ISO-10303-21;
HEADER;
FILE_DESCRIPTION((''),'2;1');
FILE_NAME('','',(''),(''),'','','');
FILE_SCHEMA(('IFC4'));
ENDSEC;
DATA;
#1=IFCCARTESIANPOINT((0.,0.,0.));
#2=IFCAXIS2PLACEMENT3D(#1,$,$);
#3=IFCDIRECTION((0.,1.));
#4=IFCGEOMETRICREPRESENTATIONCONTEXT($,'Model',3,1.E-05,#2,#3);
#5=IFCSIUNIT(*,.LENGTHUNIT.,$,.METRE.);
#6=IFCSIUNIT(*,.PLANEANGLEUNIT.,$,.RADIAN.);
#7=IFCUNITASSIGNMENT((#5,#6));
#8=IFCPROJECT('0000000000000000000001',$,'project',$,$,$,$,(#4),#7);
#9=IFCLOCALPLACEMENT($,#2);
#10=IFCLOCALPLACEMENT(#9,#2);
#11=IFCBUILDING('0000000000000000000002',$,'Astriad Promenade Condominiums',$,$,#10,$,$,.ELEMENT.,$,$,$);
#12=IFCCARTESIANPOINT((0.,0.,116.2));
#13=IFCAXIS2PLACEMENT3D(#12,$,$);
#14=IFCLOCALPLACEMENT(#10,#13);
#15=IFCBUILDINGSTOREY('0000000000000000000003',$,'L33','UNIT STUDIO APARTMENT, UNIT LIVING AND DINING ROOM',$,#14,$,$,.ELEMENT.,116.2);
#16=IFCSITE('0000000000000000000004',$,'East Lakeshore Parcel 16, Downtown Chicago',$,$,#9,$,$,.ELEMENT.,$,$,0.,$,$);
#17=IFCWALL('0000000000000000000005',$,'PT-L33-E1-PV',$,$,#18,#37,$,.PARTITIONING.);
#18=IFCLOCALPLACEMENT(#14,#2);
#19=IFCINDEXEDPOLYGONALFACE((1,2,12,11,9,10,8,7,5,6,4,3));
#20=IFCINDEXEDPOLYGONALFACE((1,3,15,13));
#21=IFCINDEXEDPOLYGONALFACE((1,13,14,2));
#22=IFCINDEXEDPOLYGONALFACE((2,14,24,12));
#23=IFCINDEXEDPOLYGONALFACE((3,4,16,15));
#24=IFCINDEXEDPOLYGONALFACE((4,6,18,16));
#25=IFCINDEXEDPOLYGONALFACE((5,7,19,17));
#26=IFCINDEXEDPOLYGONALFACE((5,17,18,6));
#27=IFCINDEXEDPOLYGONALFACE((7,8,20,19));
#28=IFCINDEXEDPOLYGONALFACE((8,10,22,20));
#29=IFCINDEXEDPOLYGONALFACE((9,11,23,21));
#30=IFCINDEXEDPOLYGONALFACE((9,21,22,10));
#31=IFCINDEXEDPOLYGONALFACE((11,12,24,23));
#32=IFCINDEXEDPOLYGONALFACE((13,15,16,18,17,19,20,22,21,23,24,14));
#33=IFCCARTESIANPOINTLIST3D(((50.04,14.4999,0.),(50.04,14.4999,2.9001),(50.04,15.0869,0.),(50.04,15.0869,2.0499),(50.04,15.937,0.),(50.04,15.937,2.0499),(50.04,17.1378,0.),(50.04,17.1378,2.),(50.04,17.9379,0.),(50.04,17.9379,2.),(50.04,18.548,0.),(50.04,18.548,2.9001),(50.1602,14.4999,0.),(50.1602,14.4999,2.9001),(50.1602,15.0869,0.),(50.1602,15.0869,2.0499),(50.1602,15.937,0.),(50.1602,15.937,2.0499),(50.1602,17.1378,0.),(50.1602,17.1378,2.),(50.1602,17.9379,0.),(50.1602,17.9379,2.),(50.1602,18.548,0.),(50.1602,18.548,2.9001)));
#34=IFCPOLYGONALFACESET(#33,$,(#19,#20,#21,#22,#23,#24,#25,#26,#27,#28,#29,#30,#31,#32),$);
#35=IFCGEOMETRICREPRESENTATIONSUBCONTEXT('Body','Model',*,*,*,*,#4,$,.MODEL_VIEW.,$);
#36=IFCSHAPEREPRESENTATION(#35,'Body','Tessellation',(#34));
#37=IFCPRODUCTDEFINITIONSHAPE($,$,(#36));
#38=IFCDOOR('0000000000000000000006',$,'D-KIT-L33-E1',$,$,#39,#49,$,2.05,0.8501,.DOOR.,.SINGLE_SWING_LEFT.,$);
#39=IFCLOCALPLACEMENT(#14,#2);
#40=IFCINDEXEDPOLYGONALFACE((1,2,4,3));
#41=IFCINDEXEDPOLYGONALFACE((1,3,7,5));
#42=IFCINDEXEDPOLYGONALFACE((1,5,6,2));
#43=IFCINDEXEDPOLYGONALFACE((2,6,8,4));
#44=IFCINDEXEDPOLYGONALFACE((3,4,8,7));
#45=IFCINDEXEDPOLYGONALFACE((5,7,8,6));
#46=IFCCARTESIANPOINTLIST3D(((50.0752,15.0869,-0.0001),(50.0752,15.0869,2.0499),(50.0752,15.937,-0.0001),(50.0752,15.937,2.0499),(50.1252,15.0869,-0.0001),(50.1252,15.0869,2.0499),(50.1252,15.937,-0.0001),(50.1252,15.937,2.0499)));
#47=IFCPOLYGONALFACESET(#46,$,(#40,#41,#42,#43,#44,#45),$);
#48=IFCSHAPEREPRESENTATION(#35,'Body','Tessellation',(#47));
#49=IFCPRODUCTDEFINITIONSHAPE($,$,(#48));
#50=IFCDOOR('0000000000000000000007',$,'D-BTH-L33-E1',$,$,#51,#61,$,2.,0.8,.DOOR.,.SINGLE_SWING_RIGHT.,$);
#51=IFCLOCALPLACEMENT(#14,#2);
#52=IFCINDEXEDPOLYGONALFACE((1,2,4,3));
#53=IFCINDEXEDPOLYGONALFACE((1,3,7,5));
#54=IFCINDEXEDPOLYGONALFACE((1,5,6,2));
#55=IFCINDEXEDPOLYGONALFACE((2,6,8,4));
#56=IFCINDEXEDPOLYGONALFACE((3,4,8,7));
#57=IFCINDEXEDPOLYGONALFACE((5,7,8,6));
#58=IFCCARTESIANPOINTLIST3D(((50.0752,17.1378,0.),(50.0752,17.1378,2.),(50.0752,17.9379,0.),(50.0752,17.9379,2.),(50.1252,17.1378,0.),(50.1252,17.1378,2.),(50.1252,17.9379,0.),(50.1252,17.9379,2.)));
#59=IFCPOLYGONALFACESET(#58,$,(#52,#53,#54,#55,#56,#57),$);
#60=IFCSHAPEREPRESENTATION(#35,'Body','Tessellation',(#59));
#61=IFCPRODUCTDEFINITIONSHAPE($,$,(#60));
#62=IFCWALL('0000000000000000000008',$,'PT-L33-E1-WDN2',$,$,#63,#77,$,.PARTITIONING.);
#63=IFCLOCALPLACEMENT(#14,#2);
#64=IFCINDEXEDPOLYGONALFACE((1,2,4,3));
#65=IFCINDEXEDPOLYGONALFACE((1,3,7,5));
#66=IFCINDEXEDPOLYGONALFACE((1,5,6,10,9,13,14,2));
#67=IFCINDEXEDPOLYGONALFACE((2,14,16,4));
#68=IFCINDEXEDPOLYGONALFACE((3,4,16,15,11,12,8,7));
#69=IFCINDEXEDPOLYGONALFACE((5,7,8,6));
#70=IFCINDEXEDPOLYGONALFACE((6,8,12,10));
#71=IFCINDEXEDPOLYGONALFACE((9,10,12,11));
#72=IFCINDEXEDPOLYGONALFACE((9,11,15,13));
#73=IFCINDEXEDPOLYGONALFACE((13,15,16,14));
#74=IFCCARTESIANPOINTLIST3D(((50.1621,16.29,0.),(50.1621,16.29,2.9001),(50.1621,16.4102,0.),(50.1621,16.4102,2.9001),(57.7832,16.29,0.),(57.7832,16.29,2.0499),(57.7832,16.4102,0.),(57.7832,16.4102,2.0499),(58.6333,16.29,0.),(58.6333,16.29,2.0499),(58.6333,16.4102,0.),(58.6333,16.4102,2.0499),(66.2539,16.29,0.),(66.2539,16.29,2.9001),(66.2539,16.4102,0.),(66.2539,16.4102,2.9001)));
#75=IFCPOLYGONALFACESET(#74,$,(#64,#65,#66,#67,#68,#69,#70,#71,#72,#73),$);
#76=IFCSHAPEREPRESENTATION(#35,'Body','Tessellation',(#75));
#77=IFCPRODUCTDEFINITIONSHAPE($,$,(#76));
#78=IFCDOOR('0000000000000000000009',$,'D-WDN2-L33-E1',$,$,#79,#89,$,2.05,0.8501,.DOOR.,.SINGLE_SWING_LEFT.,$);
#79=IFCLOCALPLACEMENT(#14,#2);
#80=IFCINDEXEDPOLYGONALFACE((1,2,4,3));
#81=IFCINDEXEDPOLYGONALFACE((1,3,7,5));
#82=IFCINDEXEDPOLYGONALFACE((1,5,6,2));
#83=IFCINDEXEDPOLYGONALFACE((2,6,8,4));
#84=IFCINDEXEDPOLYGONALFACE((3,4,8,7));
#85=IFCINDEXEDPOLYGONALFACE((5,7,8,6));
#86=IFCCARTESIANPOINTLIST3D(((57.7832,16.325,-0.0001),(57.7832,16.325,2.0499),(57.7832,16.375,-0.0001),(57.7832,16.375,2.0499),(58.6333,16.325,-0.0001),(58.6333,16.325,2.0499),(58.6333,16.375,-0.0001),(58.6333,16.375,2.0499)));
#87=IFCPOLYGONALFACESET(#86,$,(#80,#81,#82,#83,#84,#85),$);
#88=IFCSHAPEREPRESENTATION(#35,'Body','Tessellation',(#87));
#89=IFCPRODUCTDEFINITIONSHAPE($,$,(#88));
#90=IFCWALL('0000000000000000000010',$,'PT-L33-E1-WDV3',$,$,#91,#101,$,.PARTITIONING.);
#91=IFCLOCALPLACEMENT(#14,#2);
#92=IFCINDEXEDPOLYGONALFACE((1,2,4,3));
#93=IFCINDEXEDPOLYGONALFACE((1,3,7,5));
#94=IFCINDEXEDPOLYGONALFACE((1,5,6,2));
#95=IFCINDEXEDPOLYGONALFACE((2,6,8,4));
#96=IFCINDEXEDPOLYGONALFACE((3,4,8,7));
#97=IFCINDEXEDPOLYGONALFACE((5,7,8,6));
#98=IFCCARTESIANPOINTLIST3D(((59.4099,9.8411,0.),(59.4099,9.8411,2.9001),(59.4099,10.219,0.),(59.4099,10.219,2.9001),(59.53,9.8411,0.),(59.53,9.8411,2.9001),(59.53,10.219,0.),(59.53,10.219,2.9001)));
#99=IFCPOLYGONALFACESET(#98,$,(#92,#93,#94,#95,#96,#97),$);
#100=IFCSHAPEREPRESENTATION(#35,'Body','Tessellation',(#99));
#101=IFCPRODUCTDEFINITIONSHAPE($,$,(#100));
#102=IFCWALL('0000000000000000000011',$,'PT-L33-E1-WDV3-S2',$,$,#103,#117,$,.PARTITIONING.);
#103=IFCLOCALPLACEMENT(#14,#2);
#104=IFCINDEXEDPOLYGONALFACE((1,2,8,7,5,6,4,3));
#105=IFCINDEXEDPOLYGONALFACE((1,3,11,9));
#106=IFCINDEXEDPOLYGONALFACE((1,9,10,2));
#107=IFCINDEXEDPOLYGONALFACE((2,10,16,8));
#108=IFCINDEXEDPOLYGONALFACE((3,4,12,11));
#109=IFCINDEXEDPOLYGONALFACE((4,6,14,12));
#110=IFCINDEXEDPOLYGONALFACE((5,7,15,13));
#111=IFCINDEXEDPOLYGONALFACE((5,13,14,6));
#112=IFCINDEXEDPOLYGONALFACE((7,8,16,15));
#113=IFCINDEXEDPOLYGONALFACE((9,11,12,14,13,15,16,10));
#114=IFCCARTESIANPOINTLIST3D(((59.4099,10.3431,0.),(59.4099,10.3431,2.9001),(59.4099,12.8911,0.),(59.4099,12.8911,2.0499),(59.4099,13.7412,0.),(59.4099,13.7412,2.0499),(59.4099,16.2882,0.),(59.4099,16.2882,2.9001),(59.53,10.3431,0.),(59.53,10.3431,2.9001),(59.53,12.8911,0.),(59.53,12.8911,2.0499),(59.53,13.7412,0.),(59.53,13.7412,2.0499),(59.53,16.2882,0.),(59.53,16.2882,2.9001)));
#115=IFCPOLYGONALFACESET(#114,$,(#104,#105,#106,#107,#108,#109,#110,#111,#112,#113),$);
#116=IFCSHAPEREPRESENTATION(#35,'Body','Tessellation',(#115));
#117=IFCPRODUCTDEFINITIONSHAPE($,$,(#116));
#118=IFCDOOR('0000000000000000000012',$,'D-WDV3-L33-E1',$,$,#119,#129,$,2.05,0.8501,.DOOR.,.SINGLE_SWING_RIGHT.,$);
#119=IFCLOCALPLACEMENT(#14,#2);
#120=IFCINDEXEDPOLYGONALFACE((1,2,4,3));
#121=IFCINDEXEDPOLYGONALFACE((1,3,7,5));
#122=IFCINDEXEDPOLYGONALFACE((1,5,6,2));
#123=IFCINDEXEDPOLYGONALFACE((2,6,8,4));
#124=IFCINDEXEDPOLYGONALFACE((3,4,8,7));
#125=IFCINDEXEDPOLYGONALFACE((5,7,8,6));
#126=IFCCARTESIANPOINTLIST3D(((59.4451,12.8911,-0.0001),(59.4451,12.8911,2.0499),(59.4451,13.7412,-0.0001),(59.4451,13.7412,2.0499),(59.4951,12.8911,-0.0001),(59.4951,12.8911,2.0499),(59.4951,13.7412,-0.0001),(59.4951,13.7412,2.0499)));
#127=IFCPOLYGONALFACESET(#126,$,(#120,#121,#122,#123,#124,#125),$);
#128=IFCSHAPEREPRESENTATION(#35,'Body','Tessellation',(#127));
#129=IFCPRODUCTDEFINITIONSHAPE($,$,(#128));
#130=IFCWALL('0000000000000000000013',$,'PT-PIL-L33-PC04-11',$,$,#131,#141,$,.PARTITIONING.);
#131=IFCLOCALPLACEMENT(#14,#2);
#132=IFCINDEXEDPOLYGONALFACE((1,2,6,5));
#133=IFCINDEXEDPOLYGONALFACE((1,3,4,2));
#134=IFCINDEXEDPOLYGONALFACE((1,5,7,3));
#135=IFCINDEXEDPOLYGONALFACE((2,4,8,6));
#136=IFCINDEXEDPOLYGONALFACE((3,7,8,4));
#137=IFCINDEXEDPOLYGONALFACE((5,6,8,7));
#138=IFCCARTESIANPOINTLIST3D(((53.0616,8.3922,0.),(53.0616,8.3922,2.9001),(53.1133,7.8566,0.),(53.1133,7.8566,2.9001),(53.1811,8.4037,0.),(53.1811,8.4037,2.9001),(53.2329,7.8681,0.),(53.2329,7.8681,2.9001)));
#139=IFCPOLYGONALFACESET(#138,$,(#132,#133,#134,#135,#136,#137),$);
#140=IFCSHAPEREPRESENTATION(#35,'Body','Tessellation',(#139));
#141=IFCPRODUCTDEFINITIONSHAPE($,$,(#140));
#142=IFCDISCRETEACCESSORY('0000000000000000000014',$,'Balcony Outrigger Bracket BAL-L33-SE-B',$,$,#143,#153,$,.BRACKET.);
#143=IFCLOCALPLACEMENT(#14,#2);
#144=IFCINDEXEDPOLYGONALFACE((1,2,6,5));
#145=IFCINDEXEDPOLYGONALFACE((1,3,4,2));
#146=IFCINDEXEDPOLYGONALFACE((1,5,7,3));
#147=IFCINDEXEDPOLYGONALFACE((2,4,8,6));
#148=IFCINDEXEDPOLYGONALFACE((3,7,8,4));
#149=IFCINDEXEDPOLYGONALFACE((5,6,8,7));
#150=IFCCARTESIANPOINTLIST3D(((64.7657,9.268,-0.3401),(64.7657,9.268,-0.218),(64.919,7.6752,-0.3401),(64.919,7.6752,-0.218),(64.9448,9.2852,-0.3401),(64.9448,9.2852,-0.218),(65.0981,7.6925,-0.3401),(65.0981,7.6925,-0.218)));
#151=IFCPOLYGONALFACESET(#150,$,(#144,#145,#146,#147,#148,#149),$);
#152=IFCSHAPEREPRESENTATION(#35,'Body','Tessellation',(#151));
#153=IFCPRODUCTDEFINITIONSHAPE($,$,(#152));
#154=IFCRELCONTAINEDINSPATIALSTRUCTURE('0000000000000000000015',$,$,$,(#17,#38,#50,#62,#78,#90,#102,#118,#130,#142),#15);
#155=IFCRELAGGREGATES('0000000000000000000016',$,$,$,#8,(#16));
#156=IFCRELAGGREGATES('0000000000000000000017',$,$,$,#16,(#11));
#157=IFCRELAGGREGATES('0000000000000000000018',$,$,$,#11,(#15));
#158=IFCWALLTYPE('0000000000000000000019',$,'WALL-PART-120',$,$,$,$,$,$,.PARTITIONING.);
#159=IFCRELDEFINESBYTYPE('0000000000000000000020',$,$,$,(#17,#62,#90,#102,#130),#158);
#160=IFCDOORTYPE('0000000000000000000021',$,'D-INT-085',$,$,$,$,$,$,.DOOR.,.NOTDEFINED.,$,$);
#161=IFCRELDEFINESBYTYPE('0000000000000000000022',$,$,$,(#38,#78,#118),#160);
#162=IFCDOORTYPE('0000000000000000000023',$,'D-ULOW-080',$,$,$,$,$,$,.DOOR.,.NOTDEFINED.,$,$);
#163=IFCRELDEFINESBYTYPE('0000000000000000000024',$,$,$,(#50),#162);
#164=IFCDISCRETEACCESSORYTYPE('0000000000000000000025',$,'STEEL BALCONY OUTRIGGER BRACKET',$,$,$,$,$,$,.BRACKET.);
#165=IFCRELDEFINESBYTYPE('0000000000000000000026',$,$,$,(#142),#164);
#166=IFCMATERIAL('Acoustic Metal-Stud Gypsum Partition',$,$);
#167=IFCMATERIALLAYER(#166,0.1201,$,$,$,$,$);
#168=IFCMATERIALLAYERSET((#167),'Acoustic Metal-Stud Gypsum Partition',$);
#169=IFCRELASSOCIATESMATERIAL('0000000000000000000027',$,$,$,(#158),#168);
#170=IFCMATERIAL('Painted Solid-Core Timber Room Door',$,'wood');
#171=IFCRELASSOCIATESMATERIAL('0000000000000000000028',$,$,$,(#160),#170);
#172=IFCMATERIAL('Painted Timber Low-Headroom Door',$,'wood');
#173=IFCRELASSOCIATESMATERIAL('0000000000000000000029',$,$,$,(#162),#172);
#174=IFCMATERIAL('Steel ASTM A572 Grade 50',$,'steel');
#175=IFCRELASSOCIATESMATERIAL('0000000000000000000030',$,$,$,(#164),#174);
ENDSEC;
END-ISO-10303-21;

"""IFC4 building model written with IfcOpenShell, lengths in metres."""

from ifc_helpers import new_model, si_unit, direction, frame, frame_2d, origin, origin_2d, place, context, subcontext, project, spatial, rectangle, extrude, source, transform, mapped, material, layer, layer_set, type_object, type_shapes, element, fill, save


model = new_model("IFC4")

# Units and contexts
model_context = context("Model", 3, precision=1e-05, world=origin(), true_north=direction((0.0, 1.0)))
body_context = subcontext(model_context, "Body", "Model", "MODEL_VIEW")
ifc_project = project(units=[si_unit("LENGTHUNIT", "METRE"), si_unit("PLANEANGLEUNIT", "RADIAN")], contexts=[model_context])

# Site, building, storey
site_placement = place(None, origin())
site = spatial("IfcSite", under=ifc_project, at=site_placement, Name="East Lakeshore Parcel 16, Downtown Chicago", CompositionType="ELEMENT", RefElevation=0.0)
building_placement = place(site_placement, origin())
building = spatial("IfcBuilding", under=site, at=building_placement, Name="Astriad Promenade Condominiums", CompositionType="ELEMENT")
storey_placement = place(building_placement, frame((0.0, 0.0, 116.2)))
storey = spatial("IfcBuildingStorey", under=building, at=storey_placement, Name="L33", Description="UNIT STUDIO APARTMENT, UNIT LIVING AND DINING ROOM", CompositionType="ELEMENT", Elevation=116.2)

# Wall, openings, doors
ifc_material_1 = material(Name="Acoustic Metal-Stud Gypsum Partition")
ifc_layer = layer(ifc_material_1, 0.1201)
ifc_layer_set = layer_set([ifc_layer], Name="Acoustic Metal-Stud Gypsum Partition")
wall_type = type_object("IfcWallType", Name="WALL-PART-120", PredefinedType="PARTITIONING", material=ifc_layer_set)
wall_1_placement = place(storey_placement, frame((50.1001, 14.5, 0.0), z_axis=(0.0, 0.0, 1.0), x_axis=(0.0, 1.0, 0.0)))
wall_1 = element("IfcWall", 1, at=wall_1_placement, inside=storey, type_object=wall_type, Name="PT-L33-E1-PV", PredefinedType="PARTITIONING", context=body_context, shape_type="SweptSolid", body=[
    extrude(rectangle(XDim=4.0481, YDim=0.1201, at=frame_2d((2.0239, 0.0))), origin(), (0.0, 0.0, 1.0), 2.9001),
])
opening_1_placement = place(wall_1_placement, frame((0.5869, 0.0, 0.0)))
opening_1 = element("IfcOpeningElement", 2, at=opening_1_placement, cuts=wall_1, PredefinedType="OPENING", context=body_context, shape_type="SweptSolid", body=[
    extrude(rectangle(XDim=0.8501, YDim=2.05, at=frame_2d((0.425, 1.0249))), frame((0.0, 0.0701, 0.0), z_axis=(0.0, -1.0, 0.0), x_axis=(1.0, 0.0, 0.0)), (0.0, 0.0, 1.0), 0.1401),
])
opening_2_placement = place(wall_1_placement, frame((2.6379, 0.0, 0.0)))
opening_2 = element("IfcOpeningElement", 3, at=opening_2_placement, cuts=wall_1, PredefinedType="OPENING", context=body_context, shape_type="SweptSolid", body=[
    extrude(rectangle(XDim=0.8, YDim=2.0, at=frame_2d((0.3999, 1.0))), frame((0.0, 0.0701, 0.0), z_axis=(0.0, -1.0, 0.0), x_axis=(1.0, 0.0, 0.0)), (0.0, 0.0, 1.0), 0.1401),
])
ifc_material_2 = material(Name="Painted Solid-Core Timber Room Door", Category="wood")
door_type_1 = type_object("IfcDoorType", Name="D-INT-085", OperationType="NOTDEFINED", PredefinedType="DOOR", material=ifc_material_2)
shared_shape_1 = source(origin(), body_context, "Body", "SweptSolid", [
    extrude(rectangle(XDim=0.8501, YDim=2.05, at=frame_2d((0.425, 1.0249))), frame((0.0, 0.0249, 0.0), z_axis=(0.0, -1.0, 0.0), x_axis=(1.0, 0.0, 0.0)), (0.0, 0.0, 1.0), 0.05),
])
type_shapes(door_type_1, [shared_shape_1])
door_1_placement = place(opening_1_placement, origin())
door_1 = element("IfcDoor", 4, at=door_1_placement, inside=storey, type_object=door_type_1, Name="D-KIT-L33-E1", OperationType="SINGLE_SWING_LEFT", OverallHeight=2.05, OverallWidth=0.8501, PredefinedType="DOOR", context=body_context, shape_type="MappedRepresentation", body=[
    mapped(shared_shape_1, transform((0.0, 0.0, 0.0), scale=1.0)),
])
fill(opening_1, door_1)
ifc_material_3 = material(Name="Painted Timber Low-Headroom Door", Category="wood")
door_type_2 = type_object("IfcDoorType", Name="D-ULOW-080", OperationType="NOTDEFINED", PredefinedType="DOOR", material=ifc_material_3)
shared_shape_2 = source(origin(), body_context, "Body", "SweptSolid", [
    extrude(rectangle(XDim=0.8, YDim=2.0, at=frame_2d((0.3999, 1.0))), frame((0.0, 0.0249, 0.0), z_axis=(0.0, -1.0, 0.0), x_axis=(1.0, 0.0, 0.0)), (0.0, 0.0, 1.0), 0.05),
])
type_shapes(door_type_2, [shared_shape_2])
door_2_placement = place(opening_2_placement, origin())
door_2 = element("IfcDoor", 5, at=door_2_placement, inside=storey, type_object=door_type_2, Name="D-BTH-L33-E1", OperationType="SINGLE_SWING_RIGHT", OverallHeight=2.0, OverallWidth=0.8, PredefinedType="DOOR", context=body_context, shape_type="MappedRepresentation", body=[
    mapped(shared_shape_2, transform((0.0, 0.0, 0.0), scale=1.0)),
])
fill(opening_2, door_2)

# Wall, opening, door
wall_2_placement = place(storey_placement, frame((50.1621, 16.3501, 0.0), z_axis=(0.0, 0.0, 1.0), x_axis=(1.0, 0.0, 0.0)))
wall_2 = element("IfcWall", 6, at=wall_2_placement, inside=storey, type_object=wall_type, Name="PT-L33-E1-WDN2", PredefinedType="PARTITIONING", context=body_context, shape_type="SweptSolid", body=[
    extrude(rectangle(XDim=16.0918, YDim=0.1201, at=frame_2d((8.0459, 0.0))), origin(), (0.0, 0.0, 1.0), 2.9001),
])
opening_3_placement = place(wall_2_placement, frame((7.6211, 0.0, 0.0)))
opening_3 = element("IfcOpeningElement", 7, at=opening_3_placement, cuts=wall_2, PredefinedType="OPENING", context=body_context, shape_type="SweptSolid", body=[
    extrude(rectangle(XDim=0.8501, YDim=2.05, at=frame_2d((0.425, 1.0249))), frame((0.0, 0.0701, 0.0), z_axis=(0.0, -1.0, 0.0), x_axis=(1.0, 0.0, 0.0)), (0.0, 0.0, 1.0), 0.1401),
])
door_3_placement = place(opening_3_placement, origin())
door_3 = element("IfcDoor", 8, at=door_3_placement, inside=storey, type_object=door_type_1, Name="D-WDN2-L33-E1", OperationType="SINGLE_SWING_LEFT", OverallHeight=2.05, OverallWidth=0.8501, PredefinedType="DOOR", context=body_context, shape_type="MappedRepresentation", body=[
    mapped(shared_shape_1, transform((0.0, 0.0, 0.0), scale=1.0)),
])
fill(opening_3, door_3)

# Wall
wall_3_placement = place(storey_placement, frame((59.47, 9.8411, 0.0), z_axis=(0.0, 0.0, 1.0), x_axis=(0.0, 1.0, 0.0)))
element("IfcWall", 9, at=wall_3_placement, inside=storey, type_object=wall_type, Name="PT-L33-E1-WDV3", PredefinedType="PARTITIONING", context=body_context, shape_type="SweptSolid", body=[
    extrude(rectangle(XDim=0.3779, YDim=0.1201, at=frame_2d((0.189, 0.0))), origin(), (0.0, 0.0, 1.0), 2.9001),
])

# Wall, opening, door
wall_4_placement = place(storey_placement, frame((59.47, 10.343, 0.0), z_axis=(0.0, 0.0, 1.0), x_axis=(0.0, 1.0, 0.0)))
wall_4 = element("IfcWall", 10, at=wall_4_placement, inside=storey, type_object=wall_type, Name="PT-L33-E1-WDV3-S2", PredefinedType="PARTITIONING", context=body_context, shape_type="SweptSolid", body=[
    extrude(rectangle(XDim=5.9451, YDim=0.1201, at=frame_2d((2.9727, 0.0))), origin(), (0.0, 0.0, 1.0), 2.9001),
])
opening_4_placement = place(wall_4_placement, frame((2.5481, 0.0, 0.0)))
opening_4 = element("IfcOpeningElement", 11, at=opening_4_placement, cuts=wall_4, PredefinedType="OPENING", context=body_context, shape_type="SweptSolid", body=[
    extrude(rectangle(XDim=0.8501, YDim=2.05, at=frame_2d((0.425, 1.0249))), frame((0.0, 0.0701, 0.0), z_axis=(0.0, -1.0, 0.0), x_axis=(1.0, 0.0, 0.0)), (0.0, 0.0, 1.0), 0.1401),
])
door_4_placement = place(opening_4_placement, origin())
door_4 = element("IfcDoor", 12, at=door_4_placement, inside=storey, type_object=door_type_1, Name="D-WDV3-L33-E1", OperationType="SINGLE_SWING_RIGHT", OverallHeight=2.05, OverallWidth=0.8501, PredefinedType="DOOR", context=body_context, shape_type="MappedRepresentation", body=[
    mapped(shared_shape_1, transform((0.0, 0.0, 0.0), scale=1.0)),
])
fill(opening_4, door_4)

# Wall
wall_5_placement = place(storey_placement, frame((53.1213, 8.3979, 0.0), z_axis=(0.0, 0.0, 1.0), x_axis=(0.096179, -0.995364, 0.0)))
element("IfcWall", 13, at=wall_5_placement, inside=storey, type_object=wall_type, Name="PT-PIL-L33-PC04-11", PredefinedType="PARTITIONING", context=body_context, shape_type="SweptSolid", body=[
    extrude(rectangle(XDim=0.5381, YDim=0.1201, at=frame_2d((0.269, 0.0))), origin(), (0.0, 0.0, 1.0), 2.9001),
])

# Discrete accessory
ifc_material_4 = material(Name="Steel ASTM A572 Grade 50", Category="steel")
discrete_accessory_type = type_object("IfcDiscreteAccessoryType", Name="STEEL BALCONY OUTRIGGER BRACKET", PredefinedType="BRACKET", material=ifc_material_4)
shared_shape_3 = source(origin(), body_context, "Body", "SweptSolid", [
    extrude(rectangle(XDim=1.6001, YDim=0.1799, at=origin_2d()), origin(), (0.0, 0.0, 1.0), 0.1221),
])
type_shapes(discrete_accessory_type, [shared_shape_3])
discrete_accessory_placement = place(storey_placement, frame((64.9319, 8.4802, -0.3401), z_axis=(0.0, 0.0, 1.0), x_axis=(0.095846, -0.995396, 0.0)))
element("IfcDiscreteAccessory", 14, at=discrete_accessory_placement, inside=storey, type_object=discrete_accessory_type, Name="Balcony Outrigger Bracket BAL-L33-SE-B", PredefinedType="BRACKET", context=body_context, shape_type="MappedRepresentation", body=[
    mapped(shared_shape_3, transform((0.0, 0.0, 0.0), scale=1.0)),
])

save(model, "model.ifc")
